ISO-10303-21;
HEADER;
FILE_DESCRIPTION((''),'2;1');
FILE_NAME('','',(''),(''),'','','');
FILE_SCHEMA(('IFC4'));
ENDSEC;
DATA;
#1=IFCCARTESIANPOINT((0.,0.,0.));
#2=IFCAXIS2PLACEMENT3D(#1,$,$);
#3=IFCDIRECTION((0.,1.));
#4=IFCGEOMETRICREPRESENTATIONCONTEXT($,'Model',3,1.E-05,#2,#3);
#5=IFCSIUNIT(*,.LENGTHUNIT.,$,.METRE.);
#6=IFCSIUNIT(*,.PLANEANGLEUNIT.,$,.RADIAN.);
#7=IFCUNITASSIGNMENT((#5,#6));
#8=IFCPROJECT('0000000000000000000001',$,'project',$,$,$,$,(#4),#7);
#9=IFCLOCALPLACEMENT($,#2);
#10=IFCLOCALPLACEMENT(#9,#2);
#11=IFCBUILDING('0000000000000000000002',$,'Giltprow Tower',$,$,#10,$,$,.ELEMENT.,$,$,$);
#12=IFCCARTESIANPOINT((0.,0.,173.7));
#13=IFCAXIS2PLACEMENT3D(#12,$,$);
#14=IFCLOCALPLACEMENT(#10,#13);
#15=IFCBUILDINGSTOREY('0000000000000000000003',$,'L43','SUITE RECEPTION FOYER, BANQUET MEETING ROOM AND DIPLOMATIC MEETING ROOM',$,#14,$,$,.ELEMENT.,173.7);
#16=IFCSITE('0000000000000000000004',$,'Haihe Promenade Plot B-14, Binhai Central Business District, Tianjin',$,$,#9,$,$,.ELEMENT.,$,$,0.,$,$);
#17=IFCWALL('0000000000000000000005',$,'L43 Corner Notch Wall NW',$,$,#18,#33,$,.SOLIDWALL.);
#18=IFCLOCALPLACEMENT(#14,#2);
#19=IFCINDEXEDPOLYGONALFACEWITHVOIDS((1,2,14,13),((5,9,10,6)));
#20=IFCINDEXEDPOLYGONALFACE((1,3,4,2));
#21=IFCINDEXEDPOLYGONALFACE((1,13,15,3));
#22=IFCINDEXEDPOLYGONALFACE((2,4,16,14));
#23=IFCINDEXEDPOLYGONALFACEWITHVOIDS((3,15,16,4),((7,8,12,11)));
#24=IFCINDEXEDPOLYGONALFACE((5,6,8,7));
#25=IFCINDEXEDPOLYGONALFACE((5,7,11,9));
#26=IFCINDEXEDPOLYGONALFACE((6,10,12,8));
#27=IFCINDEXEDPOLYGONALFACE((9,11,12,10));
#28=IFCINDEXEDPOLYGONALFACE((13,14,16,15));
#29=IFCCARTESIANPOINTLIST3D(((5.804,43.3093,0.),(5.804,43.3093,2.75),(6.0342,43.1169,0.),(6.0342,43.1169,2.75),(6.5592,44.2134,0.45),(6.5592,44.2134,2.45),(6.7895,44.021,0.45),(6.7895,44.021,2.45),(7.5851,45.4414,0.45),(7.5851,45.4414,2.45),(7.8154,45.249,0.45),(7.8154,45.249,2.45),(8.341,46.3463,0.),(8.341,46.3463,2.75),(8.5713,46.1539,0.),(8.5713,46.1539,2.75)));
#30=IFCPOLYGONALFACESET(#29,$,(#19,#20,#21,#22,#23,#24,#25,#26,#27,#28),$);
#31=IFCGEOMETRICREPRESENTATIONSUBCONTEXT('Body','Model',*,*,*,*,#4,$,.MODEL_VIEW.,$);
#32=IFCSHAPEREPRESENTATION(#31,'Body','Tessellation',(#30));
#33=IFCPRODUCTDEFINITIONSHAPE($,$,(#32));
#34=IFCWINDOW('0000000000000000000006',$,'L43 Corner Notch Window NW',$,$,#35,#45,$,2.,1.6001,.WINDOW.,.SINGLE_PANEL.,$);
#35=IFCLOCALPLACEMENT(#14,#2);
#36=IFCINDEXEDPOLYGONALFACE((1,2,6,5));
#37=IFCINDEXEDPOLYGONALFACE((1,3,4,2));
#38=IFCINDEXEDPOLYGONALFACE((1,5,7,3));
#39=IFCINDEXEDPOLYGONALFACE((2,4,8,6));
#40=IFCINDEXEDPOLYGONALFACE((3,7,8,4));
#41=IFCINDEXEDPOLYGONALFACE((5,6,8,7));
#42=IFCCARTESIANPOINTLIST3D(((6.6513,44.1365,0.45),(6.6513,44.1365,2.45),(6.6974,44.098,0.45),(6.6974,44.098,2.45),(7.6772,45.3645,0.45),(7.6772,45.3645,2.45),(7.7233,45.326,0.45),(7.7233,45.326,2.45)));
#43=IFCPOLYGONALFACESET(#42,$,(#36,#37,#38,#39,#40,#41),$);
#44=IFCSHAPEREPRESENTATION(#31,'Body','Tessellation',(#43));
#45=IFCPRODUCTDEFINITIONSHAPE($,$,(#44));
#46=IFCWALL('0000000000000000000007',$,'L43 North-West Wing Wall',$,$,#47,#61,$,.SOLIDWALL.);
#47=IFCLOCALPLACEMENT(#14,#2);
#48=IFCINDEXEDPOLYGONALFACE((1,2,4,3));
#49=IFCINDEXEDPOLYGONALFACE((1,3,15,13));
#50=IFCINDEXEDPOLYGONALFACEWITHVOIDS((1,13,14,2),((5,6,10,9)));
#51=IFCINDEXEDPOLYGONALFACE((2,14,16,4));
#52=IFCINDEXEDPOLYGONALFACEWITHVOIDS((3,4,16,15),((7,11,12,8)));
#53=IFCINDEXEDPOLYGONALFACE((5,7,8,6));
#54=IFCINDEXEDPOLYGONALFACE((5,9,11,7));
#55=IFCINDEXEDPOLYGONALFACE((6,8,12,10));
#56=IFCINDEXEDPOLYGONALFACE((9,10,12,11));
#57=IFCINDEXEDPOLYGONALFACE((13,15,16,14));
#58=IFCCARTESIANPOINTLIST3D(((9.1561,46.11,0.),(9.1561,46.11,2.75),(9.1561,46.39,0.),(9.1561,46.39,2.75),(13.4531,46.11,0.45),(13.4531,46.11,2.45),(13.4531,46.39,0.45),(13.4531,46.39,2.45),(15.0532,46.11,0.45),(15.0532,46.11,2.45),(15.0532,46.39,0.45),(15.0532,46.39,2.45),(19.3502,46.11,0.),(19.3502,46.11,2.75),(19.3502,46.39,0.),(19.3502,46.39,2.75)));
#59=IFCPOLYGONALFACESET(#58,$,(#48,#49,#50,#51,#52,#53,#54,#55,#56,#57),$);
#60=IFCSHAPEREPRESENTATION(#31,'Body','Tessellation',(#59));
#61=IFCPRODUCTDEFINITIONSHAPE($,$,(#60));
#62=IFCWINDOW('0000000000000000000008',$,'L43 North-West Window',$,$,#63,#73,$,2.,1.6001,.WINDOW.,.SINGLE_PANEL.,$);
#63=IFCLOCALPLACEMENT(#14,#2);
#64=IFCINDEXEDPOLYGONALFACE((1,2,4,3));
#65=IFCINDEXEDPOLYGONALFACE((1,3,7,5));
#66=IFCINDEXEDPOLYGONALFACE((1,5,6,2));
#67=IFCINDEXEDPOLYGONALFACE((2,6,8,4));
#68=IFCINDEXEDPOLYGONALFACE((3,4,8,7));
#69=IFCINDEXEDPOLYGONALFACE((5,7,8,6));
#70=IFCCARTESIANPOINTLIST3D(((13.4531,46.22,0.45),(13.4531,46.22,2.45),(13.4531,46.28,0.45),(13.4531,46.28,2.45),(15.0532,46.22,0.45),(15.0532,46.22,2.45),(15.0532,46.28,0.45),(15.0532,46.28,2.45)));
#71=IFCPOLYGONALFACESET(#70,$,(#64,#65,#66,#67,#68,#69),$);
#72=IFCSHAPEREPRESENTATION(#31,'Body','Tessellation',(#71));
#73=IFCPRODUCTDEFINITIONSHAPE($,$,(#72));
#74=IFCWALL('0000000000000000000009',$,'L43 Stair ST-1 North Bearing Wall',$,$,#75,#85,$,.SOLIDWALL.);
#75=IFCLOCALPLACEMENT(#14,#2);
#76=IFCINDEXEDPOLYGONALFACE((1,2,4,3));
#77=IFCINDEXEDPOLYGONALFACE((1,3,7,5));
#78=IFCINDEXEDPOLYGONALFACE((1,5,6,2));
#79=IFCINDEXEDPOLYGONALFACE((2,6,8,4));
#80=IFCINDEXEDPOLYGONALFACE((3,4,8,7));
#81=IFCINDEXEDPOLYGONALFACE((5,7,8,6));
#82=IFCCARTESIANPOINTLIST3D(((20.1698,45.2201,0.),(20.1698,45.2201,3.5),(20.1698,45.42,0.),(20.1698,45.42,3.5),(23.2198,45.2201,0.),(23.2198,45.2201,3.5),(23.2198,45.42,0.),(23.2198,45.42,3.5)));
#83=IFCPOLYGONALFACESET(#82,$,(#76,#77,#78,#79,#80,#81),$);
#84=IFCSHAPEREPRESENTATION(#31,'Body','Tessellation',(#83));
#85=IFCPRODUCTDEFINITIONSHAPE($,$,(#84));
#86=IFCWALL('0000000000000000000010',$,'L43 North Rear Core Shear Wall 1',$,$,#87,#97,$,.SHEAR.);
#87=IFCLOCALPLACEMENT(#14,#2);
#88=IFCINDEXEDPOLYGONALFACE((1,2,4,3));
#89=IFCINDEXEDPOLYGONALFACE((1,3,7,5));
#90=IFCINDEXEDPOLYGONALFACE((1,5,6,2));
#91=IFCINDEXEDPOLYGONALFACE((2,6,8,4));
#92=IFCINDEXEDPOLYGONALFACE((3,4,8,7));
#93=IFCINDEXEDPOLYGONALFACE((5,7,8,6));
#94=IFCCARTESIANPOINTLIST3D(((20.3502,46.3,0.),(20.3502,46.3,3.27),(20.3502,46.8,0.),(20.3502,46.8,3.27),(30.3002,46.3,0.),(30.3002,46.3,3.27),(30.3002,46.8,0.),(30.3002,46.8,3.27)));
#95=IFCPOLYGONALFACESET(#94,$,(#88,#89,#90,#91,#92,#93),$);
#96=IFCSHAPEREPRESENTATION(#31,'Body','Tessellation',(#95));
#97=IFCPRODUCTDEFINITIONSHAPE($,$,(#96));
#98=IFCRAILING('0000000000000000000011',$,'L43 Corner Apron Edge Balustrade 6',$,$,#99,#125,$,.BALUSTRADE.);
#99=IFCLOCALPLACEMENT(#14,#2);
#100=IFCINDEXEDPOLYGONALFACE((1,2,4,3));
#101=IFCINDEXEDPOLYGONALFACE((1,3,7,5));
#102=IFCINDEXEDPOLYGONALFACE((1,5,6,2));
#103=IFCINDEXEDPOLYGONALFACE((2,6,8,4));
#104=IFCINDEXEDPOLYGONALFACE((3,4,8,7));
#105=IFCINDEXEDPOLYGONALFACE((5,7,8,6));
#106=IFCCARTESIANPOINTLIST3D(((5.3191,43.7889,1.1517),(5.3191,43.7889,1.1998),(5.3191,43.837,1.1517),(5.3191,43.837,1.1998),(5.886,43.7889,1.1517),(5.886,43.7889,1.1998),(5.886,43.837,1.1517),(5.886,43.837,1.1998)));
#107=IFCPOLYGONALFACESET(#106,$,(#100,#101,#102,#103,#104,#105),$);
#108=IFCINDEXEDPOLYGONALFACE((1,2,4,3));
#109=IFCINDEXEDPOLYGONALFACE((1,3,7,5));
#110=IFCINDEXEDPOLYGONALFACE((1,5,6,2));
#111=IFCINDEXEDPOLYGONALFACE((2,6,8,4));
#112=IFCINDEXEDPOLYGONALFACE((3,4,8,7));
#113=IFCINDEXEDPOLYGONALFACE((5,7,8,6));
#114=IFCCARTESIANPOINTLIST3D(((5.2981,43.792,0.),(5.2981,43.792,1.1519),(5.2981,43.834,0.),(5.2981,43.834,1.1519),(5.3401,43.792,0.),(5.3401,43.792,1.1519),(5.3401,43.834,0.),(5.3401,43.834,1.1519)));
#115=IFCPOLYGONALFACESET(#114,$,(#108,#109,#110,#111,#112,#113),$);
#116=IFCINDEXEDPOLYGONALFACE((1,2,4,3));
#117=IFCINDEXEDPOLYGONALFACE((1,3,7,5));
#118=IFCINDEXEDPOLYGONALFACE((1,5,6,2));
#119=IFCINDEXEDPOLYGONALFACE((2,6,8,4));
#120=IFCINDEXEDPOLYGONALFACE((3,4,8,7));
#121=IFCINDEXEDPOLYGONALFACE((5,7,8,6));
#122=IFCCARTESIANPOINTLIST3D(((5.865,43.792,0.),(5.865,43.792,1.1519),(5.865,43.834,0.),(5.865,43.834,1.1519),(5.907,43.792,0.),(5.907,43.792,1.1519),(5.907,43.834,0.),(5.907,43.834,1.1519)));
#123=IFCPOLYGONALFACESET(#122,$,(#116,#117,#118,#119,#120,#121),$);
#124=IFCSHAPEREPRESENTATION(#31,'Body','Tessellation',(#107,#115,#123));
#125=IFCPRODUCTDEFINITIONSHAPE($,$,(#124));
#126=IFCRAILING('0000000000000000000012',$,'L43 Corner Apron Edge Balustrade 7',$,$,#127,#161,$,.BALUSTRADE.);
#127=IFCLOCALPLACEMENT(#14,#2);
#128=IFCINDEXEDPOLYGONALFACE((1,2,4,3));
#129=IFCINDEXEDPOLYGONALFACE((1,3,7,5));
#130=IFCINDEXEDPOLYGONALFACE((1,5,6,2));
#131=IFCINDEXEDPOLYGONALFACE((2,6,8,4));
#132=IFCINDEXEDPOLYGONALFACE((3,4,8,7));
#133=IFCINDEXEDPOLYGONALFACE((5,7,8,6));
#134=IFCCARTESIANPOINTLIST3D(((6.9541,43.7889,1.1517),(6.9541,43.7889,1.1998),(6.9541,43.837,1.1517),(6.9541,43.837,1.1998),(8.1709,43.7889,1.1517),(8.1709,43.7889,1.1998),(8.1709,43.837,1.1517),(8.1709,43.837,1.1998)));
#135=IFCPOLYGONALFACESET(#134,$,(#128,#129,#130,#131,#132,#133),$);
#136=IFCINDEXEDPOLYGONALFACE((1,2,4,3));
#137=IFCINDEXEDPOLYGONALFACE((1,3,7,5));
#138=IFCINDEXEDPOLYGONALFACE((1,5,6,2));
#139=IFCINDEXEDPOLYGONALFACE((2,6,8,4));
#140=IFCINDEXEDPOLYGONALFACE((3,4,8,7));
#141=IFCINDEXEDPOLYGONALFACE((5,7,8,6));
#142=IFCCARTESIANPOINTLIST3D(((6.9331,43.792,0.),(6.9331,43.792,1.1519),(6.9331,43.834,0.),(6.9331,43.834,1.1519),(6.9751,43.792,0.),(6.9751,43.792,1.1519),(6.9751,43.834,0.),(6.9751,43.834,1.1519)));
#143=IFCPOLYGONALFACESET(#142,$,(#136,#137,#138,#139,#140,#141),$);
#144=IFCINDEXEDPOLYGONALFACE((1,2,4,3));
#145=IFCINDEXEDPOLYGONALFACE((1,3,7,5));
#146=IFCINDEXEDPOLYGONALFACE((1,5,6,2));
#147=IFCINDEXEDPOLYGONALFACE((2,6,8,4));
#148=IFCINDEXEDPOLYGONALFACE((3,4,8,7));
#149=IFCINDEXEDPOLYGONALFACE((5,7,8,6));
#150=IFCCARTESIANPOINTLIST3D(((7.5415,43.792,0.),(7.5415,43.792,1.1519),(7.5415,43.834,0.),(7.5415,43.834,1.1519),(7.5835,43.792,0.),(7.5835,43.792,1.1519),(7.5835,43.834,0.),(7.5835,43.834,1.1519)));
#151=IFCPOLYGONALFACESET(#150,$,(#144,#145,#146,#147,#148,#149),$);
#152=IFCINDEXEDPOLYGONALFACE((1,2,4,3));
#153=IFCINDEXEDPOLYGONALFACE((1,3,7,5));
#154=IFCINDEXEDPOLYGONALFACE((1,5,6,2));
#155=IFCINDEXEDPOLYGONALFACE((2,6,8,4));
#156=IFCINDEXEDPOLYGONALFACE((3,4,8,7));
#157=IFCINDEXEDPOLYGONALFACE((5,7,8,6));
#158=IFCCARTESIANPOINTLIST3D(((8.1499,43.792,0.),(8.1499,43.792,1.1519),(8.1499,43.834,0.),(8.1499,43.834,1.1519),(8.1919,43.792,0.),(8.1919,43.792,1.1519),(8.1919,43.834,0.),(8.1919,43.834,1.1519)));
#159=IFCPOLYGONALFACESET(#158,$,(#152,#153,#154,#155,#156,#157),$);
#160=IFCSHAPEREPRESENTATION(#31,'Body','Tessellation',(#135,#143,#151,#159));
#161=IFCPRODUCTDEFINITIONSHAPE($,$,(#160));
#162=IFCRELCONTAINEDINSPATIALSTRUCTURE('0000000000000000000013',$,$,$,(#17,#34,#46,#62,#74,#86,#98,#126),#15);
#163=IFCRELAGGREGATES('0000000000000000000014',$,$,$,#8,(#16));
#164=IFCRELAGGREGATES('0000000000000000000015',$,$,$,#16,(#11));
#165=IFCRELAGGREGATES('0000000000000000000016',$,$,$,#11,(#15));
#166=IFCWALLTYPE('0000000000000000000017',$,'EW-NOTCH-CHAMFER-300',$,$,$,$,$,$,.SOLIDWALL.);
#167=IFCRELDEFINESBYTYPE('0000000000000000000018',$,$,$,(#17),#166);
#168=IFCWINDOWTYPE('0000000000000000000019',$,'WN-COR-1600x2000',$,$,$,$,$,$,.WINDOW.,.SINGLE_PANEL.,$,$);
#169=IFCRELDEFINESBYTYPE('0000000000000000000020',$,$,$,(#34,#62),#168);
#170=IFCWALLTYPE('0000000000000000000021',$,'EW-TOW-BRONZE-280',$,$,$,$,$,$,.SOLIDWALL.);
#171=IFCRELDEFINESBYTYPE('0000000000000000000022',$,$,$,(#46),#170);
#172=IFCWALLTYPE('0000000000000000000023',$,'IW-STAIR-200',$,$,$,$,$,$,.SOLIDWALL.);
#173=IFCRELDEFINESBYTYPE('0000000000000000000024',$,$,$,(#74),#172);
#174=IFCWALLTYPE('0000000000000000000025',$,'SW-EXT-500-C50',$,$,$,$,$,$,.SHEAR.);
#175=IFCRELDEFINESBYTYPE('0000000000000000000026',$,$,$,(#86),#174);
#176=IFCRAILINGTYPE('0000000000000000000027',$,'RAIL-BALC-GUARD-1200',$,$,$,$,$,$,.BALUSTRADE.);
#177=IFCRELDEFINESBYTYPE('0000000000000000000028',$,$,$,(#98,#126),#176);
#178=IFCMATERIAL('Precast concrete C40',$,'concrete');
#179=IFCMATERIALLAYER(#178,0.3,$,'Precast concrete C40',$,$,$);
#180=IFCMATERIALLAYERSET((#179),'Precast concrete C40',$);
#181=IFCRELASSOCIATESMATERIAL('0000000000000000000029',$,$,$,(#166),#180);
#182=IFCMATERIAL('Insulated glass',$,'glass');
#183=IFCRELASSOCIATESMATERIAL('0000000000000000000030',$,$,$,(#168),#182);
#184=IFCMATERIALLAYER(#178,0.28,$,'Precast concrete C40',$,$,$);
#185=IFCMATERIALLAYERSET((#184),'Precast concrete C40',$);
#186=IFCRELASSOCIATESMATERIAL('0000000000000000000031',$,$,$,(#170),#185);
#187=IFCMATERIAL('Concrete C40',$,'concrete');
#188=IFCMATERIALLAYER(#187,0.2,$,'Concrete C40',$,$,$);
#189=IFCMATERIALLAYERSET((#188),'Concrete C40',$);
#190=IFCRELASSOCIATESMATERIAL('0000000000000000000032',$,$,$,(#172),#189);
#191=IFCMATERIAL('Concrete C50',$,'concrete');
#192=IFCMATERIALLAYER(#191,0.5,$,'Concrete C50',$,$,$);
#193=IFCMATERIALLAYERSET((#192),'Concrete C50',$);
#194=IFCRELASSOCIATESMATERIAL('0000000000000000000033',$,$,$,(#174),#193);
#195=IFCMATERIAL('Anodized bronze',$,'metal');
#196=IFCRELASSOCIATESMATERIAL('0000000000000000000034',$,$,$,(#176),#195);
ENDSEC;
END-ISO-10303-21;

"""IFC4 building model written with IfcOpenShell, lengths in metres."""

from ifc_helpers import new_model, si_unit, direction, frame, frame_2d, origin, origin_2d, place, context, subcontext, project, spatial, rectangle, extrude, source, transform, mapped, material, layer, layer_set, type_object, element, fill, save


model = new_model("IFC4")

# Units and contexts
model_context = context("Model", 3, precision=1e-05, world=origin(), true_north=direction((0.0, 1.0)))
body_context = subcontext(model_context, "Body", "Model", "MODEL_VIEW")
ifc_project = project(units=[si_unit("LENGTHUNIT", "METRE"), si_unit("PLANEANGLEUNIT", "RADIAN")], contexts=[model_context])

# Site, building, storey
site_placement = place(None, origin())
site = spatial("IfcSite", under=ifc_project, at=site_placement, Name="Haihe Promenade Plot B-14, Binhai Central Business District, Tianjin", CompositionType="ELEMENT", RefElevation=0.0)
building_placement = place(site_placement, origin())
building = spatial("IfcBuilding", under=site, at=building_placement, Name="Giltprow Tower", CompositionType="ELEMENT")
storey_placement = place(building_placement, frame((0.0, 0.0, 173.7)))
storey = spatial("IfcBuildingStorey", under=building, at=storey_placement, Name="L43", Description="SUITE RECEPTION FOYER, BANQUET MEETING ROOM AND DIPLOMATIC MEETING ROOM", CompositionType="ELEMENT", Elevation=173.7)

# Shared definitions
ifc_material_1 = material(Name="Concrete C50", Category="concrete")

# Walls, openings, windows
ifc_material_2 = material(Name="Precast concrete C40", Category="concrete")
ifc_layer_1 = layer(ifc_material_2, 0.3, Name="Precast concrete C40")
ifc_layer_set_1 = layer_set([ifc_layer_1], Name="Precast concrete C40")
wall_type_1 = type_object("IfcWallType", Name="EW-NOTCH-CHAMFER-300", PredefinedType="SOLIDWALL", material=ifc_layer_set_1)
wall_1_placement = place(storey_placement, frame((8.4561, 46.25, 0.0), z_axis=(0.0, 0.0, 1.0), x_axis=(-0.641106, -0.767452, 0.0)))
wall_1 = element("IfcWall", 1, at=wall_1_placement, inside=storey, type_object=wall_type_1, Name="L43 Corner Notch Wall NW", PredefinedType="SOLIDWALL", context=body_context, shape_type="SweptSolid", body=[
    extrude(rectangle(XDim=3.9573, YDim=0.3, at=frame_2d((1.9785, 0.0))), origin(), (0.0, 0.0, 1.0), 2.75),
])
opening_1_placement = place(wall_1_placement, frame((1.179, 0.0, 0.45)))
opening_1 = element("IfcOpeningElement", 2, at=opening_1_placement, cuts=wall_1, PredefinedType="OPENING", context=body_context, shape_type="SweptSolid", body=[
    extrude(rectangle(XDim=1.6001, YDim=2.0, at=frame_2d((0.8, 1.0))), frame((0.0, 0.1599, 0.0), z_axis=(0.0, -1.0, 0.0), x_axis=(1.0, 0.0, 0.0)), (0.0, 0.0, 1.0), 0.3201),
])
ifc_material_3 = material(Name="Insulated glass", Category="glass")
window_type = type_object("IfcWindowType", Name="WN-COR-1600x2000", PartitioningType="SINGLE_PANEL", PredefinedType="WINDOW", material=ifc_material_3)
shared_shape_1 = source(origin(), body_context, "Body", "SweptSolid", [
    extrude(rectangle(XDim=1.6001, YDim=2.0, at=frame_2d((0.8, 1.0))), frame((0.0, 0.03, 0.0), z_axis=(0.0, -1.0, 0.0), x_axis=(1.0, 0.0, 0.0)), (0.0, 0.0, 1.0), 0.0601),
])
window_1_placement = place(opening_1_placement, origin())
window_1 = element("IfcWindow", 3, at=window_1_placement, inside=storey, type_object=window_type, Name="L43 Corner Notch Window NW", OverallHeight=2.0, OverallWidth=1.6001, PartitioningType="SINGLE_PANEL", PredefinedType="WINDOW", context=body_context, shape_type="MappedRepresentation", body=[
    mapped(shared_shape_1, transform((0.0, 0.0, 0.0), x_axis=(1.0, 0.0, 0.0), y_axis=(0.0, 1.0, 0.0), z_axis=(0.0, 0.0, 1.0), scale=1.0)),
])
fill(opening_1, window_1)
ifc_layer_2 = layer(ifc_material_2, 0.28, Name="Precast concrete C40")
ifc_layer_set_2 = layer_set([ifc_layer_2], Name="Precast concrete C40")
wall_type_2 = type_object("IfcWallType", Name="EW-TOW-BRONZE-280", PredefinedType="SOLIDWALL", material=ifc_layer_set_2)
wall_2_placement = place(storey_placement, frame((9.156, 46.25, 0.0), z_axis=(0.0, 0.0, 1.0), x_axis=(1.0, 0.0, 0.0)))
wall_2 = element("IfcWall", 4, at=wall_2_placement, inside=storey, type_object=wall_type_2, Name="L43 North-West Wing Wall", PredefinedType="SOLIDWALL", context=body_context, shape_type="SweptSolid", body=[
    extrude(rectangle(XDim=10.1941, YDim=0.28, at=frame_2d((5.0972, 0.0))), origin(), (0.0, 0.0, 1.0), 2.75),
])
opening_2_placement = place(wall_2_placement, frame((4.2971, 0.0, 0.45)))
opening_2 = element("IfcOpeningElement", 5, at=opening_2_placement, cuts=wall_2, PredefinedType="OPENING", context=body_context, shape_type="SweptSolid", body=[
    extrude(rectangle(XDim=1.6001, YDim=2.0, at=frame_2d((0.8, 1.0))), frame((0.0, 0.1499, 0.0), z_axis=(0.0, -1.0, 0.0), x_axis=(1.0, 0.0, 0.0)), (0.0, 0.0, 1.0), 0.3),
])
window_2_placement = place(opening_2_placement, origin())
window_2 = element("IfcWindow", 6, at=window_2_placement, inside=storey, type_object=window_type, Name="L43 North-West Window", OverallHeight=2.0, OverallWidth=1.6001, PartitioningType="SINGLE_PANEL", PredefinedType="WINDOW", context=body_context, shape_type="MappedRepresentation", body=[
    mapped(shared_shape_1, transform((0.0, 0.0, 0.0), x_axis=(1.0, 0.0, 0.0), y_axis=(0.0, 1.0, 0.0), z_axis=(0.0, 0.0, 1.0), scale=1.0)),
])
fill(opening_2, window_2)

# Walls
ifc_material_4 = material(Name="Concrete C40", Category="concrete")
ifc_layer_3 = layer(ifc_material_4, 0.2, Name="Concrete C40")
ifc_layer_set_3 = layer_set([ifc_layer_3], Name="Concrete C40")
wall_type_3 = type_object("IfcWallType", Name="IW-STAIR-200", PredefinedType="SOLIDWALL", material=ifc_layer_set_3)
wall_3_placement = place(storey_placement, frame((20.1699, 45.3201, 0.0), z_axis=(0.0, 0.0, 1.0), x_axis=(1.0, 0.0, 0.0)))
element("IfcWall", 7, at=wall_3_placement, inside=storey, type_object=wall_type_3, Name="L43 Stair ST-1 North Bearing Wall", PredefinedType="SOLIDWALL", context=body_context, shape_type="SweptSolid", body=[
    extrude(rectangle(XDim=3.05, YDim=0.2, at=frame_2d((1.5249, 0.0))), origin(), (0.0, 0.0, 1.0), 3.5),
])
ifc_layer_4 = layer(ifc_material_1, 0.5, Name="Concrete C50")
ifc_layer_set_4 = layer_set([ifc_layer_4], Name="Concrete C50")
wall_type_4 = type_object("IfcWallType", Name="SW-EXT-500-C50", PredefinedType="SHEAR", material=ifc_layer_set_4)
wall_4_placement = place(storey_placement, frame((20.3501, 46.55, 0.0), z_axis=(0.0, 0.0, 1.0), x_axis=(1.0, 0.0, 0.0)))
element("IfcWall", 8, at=wall_4_placement, inside=storey, type_object=wall_type_4, Name="L43 North Rear Core Shear Wall 1", PredefinedType="SHEAR", context=body_context, shape_type="SweptSolid", body=[
    extrude(rectangle(XDim=9.95, YDim=0.5, at=frame_2d((4.9751, 0.0))), origin(), (0.0, 0.0, 1.0), 3.27),
])

# Railings
ifc_material_5 = material(Name="Anodized bronze", Category="metal")
railing_type_1 = type_object("IfcRailingType", Name="RAIL-BALC-GUARD-1200", PredefinedType="BALUSTRADE", material=ifc_material_5)
railing_1_placement = place(storey_placement, frame((5.3191, 43.813, 0.0)))
element("IfcRailing", 9, at=railing_1_placement, inside=storey, type_object=railing_type_1, Name="L43 Corner Apron Edge Balustrade 6", PredefinedType="BALUSTRADE", context=body_context, shape_type="SweptSolid", body=[
    extrude(rectangle(XDim=0.0481, YDim=0.0481, at=origin_2d()), frame((0.0, 0.0, 1.1758), z_axis=(1.0, 0.0, 0.0), x_axis=(0.0, 1.0, 0.0)), (0.0, 0.0, 1.0), 0.5669),
    extrude(rectangle(XDim=0.042, YDim=0.042, at=origin_2d()), origin(), (0.0, 0.0, 1.0), 1.1519),
    extrude(rectangle(XDim=0.042, YDim=0.042, at=origin_2d()), frame((0.5669, 0.0, 0.0)), (0.0, 0.0, 1.0), 1.1519),
])
railing_2_placement = place(storey_placement, frame((6.9541, 43.813, 0.0)))
element("IfcRailing", 10, at=railing_2_placement, inside=storey, type_object=railing_type_1, Name="L43 Corner Apron Edge Balustrade 7", PredefinedType="BALUSTRADE", context=body_context, shape_type="SweptSolid", body=[
    extrude(rectangle(XDim=0.0481, YDim=0.0481, at=origin_2d()), frame((0.0, 0.0, 1.1758), z_axis=(1.0, 0.0, 0.0), x_axis=(0.0, 1.0, 0.0)), (0.0, 0.0, 1.0), 1.2168),
    extrude(rectangle(XDim=0.042, YDim=0.042, at=origin_2d()), origin(), (0.0, 0.0, 1.0), 1.1519),
    extrude(rectangle(XDim=0.042, YDim=0.042, at=origin_2d()), frame((0.6084, 0.0, 0.0)), (0.0, 0.0, 1.0), 1.1519),
    extrude(rectangle(XDim=0.042, YDim=0.042, at=origin_2d()), frame((1.2168, 0.0, 0.0)), (0.0, 0.0, 1.0), 1.1519),
])

save(model, "model.ifc")
